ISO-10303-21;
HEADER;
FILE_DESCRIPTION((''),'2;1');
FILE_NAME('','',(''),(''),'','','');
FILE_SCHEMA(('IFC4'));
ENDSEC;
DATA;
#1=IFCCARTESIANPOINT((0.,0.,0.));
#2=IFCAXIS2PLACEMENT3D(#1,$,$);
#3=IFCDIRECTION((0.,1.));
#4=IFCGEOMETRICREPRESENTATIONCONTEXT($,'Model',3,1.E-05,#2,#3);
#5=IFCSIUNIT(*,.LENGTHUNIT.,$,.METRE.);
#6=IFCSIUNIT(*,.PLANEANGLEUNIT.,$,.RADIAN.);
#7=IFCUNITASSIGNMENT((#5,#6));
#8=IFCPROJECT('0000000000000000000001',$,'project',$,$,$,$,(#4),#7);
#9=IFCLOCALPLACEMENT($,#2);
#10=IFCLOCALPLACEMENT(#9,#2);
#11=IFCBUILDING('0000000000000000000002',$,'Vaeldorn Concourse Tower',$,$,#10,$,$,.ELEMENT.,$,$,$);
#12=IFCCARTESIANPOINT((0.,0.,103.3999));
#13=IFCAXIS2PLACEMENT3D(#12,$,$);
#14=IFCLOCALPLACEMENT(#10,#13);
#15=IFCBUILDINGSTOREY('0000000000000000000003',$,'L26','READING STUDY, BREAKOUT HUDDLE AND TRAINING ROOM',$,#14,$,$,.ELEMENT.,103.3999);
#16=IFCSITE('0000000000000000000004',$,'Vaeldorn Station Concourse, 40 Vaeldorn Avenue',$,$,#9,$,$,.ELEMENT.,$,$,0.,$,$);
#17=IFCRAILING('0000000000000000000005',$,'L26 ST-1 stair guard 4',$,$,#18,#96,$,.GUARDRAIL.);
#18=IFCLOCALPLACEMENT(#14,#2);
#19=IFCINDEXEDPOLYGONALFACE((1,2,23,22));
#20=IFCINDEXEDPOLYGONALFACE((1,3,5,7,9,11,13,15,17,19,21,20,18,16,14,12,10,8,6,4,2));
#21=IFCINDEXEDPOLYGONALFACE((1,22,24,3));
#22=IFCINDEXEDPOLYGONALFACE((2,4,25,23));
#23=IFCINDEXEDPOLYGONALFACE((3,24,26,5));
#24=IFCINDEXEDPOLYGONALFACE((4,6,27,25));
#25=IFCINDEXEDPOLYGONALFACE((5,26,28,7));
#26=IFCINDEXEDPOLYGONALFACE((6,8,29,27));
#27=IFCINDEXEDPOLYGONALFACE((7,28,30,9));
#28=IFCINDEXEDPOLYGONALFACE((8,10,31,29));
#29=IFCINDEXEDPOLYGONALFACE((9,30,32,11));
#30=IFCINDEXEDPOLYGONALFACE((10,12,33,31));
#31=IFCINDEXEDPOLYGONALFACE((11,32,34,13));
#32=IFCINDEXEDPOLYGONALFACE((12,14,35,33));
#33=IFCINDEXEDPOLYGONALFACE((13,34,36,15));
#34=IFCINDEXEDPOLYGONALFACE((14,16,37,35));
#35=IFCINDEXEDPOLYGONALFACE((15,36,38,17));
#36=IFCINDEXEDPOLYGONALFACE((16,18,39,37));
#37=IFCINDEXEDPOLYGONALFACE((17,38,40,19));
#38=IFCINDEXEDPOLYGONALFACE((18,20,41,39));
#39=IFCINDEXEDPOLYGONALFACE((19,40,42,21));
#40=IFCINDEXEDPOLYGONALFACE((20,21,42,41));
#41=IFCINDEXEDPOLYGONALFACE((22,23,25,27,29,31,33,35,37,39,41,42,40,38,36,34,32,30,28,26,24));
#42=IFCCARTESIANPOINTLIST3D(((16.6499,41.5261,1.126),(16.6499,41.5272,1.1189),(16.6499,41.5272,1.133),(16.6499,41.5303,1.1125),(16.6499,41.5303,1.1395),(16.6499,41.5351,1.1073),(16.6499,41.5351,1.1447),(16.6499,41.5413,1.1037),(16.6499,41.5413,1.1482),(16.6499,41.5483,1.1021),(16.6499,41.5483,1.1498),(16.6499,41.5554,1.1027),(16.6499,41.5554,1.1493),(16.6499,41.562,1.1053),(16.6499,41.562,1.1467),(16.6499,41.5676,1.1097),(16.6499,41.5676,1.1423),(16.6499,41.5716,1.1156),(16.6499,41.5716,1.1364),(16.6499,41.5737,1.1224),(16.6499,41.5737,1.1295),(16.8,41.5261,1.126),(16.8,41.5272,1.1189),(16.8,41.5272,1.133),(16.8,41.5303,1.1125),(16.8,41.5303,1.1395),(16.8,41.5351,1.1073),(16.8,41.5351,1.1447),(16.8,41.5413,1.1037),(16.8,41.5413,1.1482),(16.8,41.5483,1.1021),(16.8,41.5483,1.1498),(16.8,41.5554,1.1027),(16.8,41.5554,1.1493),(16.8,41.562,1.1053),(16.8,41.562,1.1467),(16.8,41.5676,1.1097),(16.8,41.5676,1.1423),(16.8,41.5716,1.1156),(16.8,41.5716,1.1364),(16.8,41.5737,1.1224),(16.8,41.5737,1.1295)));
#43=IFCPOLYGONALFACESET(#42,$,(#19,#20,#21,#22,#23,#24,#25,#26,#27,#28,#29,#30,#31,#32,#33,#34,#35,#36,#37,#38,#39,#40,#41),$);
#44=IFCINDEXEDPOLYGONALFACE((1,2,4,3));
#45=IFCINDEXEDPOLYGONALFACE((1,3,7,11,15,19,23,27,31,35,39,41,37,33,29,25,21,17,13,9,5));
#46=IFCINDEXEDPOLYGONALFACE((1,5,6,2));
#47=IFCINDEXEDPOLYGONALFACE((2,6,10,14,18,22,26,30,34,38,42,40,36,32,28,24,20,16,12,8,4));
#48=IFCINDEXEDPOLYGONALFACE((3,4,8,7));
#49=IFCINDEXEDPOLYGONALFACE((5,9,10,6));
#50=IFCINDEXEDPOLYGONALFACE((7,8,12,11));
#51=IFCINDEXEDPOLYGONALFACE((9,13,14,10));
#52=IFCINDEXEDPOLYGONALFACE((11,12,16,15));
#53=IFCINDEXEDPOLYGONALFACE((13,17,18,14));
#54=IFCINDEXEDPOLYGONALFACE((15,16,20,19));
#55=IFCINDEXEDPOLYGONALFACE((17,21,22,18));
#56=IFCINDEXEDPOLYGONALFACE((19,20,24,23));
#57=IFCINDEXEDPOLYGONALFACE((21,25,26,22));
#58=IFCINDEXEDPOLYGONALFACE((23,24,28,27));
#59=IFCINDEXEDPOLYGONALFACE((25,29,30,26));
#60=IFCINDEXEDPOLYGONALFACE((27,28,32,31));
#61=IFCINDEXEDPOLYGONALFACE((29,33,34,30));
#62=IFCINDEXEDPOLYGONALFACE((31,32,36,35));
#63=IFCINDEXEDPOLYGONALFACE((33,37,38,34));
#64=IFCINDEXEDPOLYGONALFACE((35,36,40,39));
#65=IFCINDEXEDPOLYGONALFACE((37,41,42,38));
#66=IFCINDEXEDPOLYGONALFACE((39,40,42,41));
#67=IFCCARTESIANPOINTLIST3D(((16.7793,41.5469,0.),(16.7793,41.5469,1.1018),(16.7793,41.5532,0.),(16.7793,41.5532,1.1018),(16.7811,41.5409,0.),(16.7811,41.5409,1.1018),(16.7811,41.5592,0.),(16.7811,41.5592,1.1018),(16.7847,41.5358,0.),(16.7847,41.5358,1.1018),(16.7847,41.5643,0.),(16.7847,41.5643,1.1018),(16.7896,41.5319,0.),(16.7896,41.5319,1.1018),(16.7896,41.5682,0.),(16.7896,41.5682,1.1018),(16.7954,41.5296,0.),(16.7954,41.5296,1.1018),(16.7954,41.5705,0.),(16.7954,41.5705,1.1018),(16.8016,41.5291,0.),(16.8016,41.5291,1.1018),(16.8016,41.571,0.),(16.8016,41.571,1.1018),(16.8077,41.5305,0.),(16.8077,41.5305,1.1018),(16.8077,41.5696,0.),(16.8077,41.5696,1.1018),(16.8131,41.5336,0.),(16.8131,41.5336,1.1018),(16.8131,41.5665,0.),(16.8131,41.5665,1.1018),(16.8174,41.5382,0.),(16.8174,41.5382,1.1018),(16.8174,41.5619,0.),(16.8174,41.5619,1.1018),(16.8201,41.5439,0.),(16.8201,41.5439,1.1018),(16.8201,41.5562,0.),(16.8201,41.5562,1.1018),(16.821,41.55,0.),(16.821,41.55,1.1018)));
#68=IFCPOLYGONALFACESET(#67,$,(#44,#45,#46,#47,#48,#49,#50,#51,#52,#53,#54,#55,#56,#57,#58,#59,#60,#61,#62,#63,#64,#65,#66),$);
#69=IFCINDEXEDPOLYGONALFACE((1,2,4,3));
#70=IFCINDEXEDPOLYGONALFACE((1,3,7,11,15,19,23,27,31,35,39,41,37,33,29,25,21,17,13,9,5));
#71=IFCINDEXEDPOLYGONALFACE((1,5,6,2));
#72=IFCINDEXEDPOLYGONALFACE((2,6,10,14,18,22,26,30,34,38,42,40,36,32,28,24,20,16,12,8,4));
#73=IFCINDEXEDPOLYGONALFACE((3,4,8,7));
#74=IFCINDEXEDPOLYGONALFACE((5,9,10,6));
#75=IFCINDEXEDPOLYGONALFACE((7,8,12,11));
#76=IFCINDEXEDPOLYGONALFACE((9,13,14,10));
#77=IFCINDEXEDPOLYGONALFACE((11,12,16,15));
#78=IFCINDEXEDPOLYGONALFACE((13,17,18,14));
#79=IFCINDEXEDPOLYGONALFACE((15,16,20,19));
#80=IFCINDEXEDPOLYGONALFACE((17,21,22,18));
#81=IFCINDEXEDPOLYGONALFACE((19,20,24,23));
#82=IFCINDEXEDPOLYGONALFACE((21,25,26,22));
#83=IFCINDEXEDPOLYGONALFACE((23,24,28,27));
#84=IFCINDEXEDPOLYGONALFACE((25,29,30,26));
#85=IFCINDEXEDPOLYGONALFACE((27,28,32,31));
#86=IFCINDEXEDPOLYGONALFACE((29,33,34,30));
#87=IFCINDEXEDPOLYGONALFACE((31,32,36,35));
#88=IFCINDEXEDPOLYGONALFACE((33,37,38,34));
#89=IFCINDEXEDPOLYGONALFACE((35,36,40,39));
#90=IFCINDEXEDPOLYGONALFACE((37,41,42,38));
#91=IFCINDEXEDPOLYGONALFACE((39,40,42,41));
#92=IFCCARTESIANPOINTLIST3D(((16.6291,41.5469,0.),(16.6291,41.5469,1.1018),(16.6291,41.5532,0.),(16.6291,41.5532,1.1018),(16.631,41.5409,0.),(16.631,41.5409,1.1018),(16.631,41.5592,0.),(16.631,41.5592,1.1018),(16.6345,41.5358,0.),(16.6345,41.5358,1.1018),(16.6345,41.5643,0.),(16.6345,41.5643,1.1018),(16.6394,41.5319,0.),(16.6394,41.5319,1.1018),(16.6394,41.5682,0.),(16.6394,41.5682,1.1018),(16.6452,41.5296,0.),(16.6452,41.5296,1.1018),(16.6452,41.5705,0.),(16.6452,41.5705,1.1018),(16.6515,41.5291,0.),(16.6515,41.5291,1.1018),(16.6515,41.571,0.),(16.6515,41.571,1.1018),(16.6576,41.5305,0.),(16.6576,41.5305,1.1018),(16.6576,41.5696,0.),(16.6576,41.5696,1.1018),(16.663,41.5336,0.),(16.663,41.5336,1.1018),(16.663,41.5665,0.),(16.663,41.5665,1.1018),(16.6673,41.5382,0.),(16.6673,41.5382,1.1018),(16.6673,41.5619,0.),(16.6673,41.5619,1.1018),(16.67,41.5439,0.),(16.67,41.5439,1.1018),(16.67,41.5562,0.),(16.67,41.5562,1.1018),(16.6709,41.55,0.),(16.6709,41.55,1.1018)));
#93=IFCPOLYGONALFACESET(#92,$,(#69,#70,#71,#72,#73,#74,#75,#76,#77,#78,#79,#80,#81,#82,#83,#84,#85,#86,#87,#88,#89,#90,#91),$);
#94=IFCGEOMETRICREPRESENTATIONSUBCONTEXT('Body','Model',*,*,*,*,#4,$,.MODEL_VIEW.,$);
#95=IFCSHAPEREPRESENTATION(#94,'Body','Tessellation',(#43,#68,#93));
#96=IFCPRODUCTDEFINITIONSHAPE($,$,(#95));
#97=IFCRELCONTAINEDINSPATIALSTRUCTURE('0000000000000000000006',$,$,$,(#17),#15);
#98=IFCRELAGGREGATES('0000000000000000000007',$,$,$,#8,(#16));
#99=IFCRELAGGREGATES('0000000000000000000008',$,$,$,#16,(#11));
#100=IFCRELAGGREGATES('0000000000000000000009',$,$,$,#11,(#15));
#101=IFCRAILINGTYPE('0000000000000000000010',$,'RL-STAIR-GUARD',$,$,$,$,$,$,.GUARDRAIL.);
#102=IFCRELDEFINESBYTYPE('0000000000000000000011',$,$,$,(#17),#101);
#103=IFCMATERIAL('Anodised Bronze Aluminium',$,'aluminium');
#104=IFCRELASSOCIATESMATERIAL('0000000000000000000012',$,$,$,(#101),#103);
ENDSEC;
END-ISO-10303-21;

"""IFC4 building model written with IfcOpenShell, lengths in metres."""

from ifc_helpers import new_model, si_unit, direction, frame, origin, origin_2d, place, context, subcontext, project, spatial, circle, extrude, material, type_object, element, save


model = new_model("IFC4")

# Units and contexts
model_context = context("Model", 3, precision=1e-05, world=origin(), true_north=direction((0.0, 1.0)))
body_context = subcontext(model_context, "Body", "Model", "MODEL_VIEW")
ifc_project = project(units=[si_unit("LENGTHUNIT", "METRE"), si_unit("PLANEANGLEUNIT", "RADIAN")], contexts=[model_context])

# Site, building, storey
site_placement = place(None, origin())
site = spatial("IfcSite", under=ifc_project, at=site_placement, Name="Vaeldorn Station Concourse, 40 Vaeldorn Avenue", CompositionType="ELEMENT", RefElevation=0.0)
building_placement = place(site_placement, origin())
building = spatial("IfcBuilding", under=site, at=building_placement, Name="Vaeldorn Concourse Tower", CompositionType="ELEMENT")
storey_placement = place(building_placement, frame((0.0, 0.0, 103.3999)))
storey = spatial("IfcBuildingStorey", under=building, at=storey_placement, Name="L26", Description="READING STUDY, BREAKOUT HUDDLE AND TRAINING ROOM", CompositionType="ELEMENT", Elevation=103.3999)

# Shared definitions
ifc_material_1 = material(Name="Anodised Bronze Aluminium", Category="aluminium")

# Railing
railing_type_1 = type_object("IfcRailingType", Name="RL-STAIR-GUARD", PredefinedType="GUARDRAIL", material=ifc_material_1)
railing_1_placement = place(storey_placement, frame((16.8, 41.55, 0.0)))
element("IfcRailing", 1, at=railing_1_placement, inside=storey, type_object=railing_type_1, Name="L26 ST-1 stair guard 4", PredefinedType="GUARDRAIL", context=body_context, shape_type="SweptSolid", body=[
    extrude(circle(Radius=0.0239, at=origin_2d()), frame((0.0, 0.0, 1.126), z_axis=(-1.0, 0.0, 0.0), x_axis=(0.0, -1.0, 0.0)), (0.0, 0.0, 1.0), 0.1501),
    extrude(circle(Radius=0.021, at=origin_2d()), origin(), (0.0, 0.0, 1.0), 1.1018),
    extrude(circle(Radius=0.021, at=origin_2d()), frame((-0.1501, 0.0, 0.0)), (0.0, 0.0, 1.0), 1.1018),
])

save(model, "model.ifc")
